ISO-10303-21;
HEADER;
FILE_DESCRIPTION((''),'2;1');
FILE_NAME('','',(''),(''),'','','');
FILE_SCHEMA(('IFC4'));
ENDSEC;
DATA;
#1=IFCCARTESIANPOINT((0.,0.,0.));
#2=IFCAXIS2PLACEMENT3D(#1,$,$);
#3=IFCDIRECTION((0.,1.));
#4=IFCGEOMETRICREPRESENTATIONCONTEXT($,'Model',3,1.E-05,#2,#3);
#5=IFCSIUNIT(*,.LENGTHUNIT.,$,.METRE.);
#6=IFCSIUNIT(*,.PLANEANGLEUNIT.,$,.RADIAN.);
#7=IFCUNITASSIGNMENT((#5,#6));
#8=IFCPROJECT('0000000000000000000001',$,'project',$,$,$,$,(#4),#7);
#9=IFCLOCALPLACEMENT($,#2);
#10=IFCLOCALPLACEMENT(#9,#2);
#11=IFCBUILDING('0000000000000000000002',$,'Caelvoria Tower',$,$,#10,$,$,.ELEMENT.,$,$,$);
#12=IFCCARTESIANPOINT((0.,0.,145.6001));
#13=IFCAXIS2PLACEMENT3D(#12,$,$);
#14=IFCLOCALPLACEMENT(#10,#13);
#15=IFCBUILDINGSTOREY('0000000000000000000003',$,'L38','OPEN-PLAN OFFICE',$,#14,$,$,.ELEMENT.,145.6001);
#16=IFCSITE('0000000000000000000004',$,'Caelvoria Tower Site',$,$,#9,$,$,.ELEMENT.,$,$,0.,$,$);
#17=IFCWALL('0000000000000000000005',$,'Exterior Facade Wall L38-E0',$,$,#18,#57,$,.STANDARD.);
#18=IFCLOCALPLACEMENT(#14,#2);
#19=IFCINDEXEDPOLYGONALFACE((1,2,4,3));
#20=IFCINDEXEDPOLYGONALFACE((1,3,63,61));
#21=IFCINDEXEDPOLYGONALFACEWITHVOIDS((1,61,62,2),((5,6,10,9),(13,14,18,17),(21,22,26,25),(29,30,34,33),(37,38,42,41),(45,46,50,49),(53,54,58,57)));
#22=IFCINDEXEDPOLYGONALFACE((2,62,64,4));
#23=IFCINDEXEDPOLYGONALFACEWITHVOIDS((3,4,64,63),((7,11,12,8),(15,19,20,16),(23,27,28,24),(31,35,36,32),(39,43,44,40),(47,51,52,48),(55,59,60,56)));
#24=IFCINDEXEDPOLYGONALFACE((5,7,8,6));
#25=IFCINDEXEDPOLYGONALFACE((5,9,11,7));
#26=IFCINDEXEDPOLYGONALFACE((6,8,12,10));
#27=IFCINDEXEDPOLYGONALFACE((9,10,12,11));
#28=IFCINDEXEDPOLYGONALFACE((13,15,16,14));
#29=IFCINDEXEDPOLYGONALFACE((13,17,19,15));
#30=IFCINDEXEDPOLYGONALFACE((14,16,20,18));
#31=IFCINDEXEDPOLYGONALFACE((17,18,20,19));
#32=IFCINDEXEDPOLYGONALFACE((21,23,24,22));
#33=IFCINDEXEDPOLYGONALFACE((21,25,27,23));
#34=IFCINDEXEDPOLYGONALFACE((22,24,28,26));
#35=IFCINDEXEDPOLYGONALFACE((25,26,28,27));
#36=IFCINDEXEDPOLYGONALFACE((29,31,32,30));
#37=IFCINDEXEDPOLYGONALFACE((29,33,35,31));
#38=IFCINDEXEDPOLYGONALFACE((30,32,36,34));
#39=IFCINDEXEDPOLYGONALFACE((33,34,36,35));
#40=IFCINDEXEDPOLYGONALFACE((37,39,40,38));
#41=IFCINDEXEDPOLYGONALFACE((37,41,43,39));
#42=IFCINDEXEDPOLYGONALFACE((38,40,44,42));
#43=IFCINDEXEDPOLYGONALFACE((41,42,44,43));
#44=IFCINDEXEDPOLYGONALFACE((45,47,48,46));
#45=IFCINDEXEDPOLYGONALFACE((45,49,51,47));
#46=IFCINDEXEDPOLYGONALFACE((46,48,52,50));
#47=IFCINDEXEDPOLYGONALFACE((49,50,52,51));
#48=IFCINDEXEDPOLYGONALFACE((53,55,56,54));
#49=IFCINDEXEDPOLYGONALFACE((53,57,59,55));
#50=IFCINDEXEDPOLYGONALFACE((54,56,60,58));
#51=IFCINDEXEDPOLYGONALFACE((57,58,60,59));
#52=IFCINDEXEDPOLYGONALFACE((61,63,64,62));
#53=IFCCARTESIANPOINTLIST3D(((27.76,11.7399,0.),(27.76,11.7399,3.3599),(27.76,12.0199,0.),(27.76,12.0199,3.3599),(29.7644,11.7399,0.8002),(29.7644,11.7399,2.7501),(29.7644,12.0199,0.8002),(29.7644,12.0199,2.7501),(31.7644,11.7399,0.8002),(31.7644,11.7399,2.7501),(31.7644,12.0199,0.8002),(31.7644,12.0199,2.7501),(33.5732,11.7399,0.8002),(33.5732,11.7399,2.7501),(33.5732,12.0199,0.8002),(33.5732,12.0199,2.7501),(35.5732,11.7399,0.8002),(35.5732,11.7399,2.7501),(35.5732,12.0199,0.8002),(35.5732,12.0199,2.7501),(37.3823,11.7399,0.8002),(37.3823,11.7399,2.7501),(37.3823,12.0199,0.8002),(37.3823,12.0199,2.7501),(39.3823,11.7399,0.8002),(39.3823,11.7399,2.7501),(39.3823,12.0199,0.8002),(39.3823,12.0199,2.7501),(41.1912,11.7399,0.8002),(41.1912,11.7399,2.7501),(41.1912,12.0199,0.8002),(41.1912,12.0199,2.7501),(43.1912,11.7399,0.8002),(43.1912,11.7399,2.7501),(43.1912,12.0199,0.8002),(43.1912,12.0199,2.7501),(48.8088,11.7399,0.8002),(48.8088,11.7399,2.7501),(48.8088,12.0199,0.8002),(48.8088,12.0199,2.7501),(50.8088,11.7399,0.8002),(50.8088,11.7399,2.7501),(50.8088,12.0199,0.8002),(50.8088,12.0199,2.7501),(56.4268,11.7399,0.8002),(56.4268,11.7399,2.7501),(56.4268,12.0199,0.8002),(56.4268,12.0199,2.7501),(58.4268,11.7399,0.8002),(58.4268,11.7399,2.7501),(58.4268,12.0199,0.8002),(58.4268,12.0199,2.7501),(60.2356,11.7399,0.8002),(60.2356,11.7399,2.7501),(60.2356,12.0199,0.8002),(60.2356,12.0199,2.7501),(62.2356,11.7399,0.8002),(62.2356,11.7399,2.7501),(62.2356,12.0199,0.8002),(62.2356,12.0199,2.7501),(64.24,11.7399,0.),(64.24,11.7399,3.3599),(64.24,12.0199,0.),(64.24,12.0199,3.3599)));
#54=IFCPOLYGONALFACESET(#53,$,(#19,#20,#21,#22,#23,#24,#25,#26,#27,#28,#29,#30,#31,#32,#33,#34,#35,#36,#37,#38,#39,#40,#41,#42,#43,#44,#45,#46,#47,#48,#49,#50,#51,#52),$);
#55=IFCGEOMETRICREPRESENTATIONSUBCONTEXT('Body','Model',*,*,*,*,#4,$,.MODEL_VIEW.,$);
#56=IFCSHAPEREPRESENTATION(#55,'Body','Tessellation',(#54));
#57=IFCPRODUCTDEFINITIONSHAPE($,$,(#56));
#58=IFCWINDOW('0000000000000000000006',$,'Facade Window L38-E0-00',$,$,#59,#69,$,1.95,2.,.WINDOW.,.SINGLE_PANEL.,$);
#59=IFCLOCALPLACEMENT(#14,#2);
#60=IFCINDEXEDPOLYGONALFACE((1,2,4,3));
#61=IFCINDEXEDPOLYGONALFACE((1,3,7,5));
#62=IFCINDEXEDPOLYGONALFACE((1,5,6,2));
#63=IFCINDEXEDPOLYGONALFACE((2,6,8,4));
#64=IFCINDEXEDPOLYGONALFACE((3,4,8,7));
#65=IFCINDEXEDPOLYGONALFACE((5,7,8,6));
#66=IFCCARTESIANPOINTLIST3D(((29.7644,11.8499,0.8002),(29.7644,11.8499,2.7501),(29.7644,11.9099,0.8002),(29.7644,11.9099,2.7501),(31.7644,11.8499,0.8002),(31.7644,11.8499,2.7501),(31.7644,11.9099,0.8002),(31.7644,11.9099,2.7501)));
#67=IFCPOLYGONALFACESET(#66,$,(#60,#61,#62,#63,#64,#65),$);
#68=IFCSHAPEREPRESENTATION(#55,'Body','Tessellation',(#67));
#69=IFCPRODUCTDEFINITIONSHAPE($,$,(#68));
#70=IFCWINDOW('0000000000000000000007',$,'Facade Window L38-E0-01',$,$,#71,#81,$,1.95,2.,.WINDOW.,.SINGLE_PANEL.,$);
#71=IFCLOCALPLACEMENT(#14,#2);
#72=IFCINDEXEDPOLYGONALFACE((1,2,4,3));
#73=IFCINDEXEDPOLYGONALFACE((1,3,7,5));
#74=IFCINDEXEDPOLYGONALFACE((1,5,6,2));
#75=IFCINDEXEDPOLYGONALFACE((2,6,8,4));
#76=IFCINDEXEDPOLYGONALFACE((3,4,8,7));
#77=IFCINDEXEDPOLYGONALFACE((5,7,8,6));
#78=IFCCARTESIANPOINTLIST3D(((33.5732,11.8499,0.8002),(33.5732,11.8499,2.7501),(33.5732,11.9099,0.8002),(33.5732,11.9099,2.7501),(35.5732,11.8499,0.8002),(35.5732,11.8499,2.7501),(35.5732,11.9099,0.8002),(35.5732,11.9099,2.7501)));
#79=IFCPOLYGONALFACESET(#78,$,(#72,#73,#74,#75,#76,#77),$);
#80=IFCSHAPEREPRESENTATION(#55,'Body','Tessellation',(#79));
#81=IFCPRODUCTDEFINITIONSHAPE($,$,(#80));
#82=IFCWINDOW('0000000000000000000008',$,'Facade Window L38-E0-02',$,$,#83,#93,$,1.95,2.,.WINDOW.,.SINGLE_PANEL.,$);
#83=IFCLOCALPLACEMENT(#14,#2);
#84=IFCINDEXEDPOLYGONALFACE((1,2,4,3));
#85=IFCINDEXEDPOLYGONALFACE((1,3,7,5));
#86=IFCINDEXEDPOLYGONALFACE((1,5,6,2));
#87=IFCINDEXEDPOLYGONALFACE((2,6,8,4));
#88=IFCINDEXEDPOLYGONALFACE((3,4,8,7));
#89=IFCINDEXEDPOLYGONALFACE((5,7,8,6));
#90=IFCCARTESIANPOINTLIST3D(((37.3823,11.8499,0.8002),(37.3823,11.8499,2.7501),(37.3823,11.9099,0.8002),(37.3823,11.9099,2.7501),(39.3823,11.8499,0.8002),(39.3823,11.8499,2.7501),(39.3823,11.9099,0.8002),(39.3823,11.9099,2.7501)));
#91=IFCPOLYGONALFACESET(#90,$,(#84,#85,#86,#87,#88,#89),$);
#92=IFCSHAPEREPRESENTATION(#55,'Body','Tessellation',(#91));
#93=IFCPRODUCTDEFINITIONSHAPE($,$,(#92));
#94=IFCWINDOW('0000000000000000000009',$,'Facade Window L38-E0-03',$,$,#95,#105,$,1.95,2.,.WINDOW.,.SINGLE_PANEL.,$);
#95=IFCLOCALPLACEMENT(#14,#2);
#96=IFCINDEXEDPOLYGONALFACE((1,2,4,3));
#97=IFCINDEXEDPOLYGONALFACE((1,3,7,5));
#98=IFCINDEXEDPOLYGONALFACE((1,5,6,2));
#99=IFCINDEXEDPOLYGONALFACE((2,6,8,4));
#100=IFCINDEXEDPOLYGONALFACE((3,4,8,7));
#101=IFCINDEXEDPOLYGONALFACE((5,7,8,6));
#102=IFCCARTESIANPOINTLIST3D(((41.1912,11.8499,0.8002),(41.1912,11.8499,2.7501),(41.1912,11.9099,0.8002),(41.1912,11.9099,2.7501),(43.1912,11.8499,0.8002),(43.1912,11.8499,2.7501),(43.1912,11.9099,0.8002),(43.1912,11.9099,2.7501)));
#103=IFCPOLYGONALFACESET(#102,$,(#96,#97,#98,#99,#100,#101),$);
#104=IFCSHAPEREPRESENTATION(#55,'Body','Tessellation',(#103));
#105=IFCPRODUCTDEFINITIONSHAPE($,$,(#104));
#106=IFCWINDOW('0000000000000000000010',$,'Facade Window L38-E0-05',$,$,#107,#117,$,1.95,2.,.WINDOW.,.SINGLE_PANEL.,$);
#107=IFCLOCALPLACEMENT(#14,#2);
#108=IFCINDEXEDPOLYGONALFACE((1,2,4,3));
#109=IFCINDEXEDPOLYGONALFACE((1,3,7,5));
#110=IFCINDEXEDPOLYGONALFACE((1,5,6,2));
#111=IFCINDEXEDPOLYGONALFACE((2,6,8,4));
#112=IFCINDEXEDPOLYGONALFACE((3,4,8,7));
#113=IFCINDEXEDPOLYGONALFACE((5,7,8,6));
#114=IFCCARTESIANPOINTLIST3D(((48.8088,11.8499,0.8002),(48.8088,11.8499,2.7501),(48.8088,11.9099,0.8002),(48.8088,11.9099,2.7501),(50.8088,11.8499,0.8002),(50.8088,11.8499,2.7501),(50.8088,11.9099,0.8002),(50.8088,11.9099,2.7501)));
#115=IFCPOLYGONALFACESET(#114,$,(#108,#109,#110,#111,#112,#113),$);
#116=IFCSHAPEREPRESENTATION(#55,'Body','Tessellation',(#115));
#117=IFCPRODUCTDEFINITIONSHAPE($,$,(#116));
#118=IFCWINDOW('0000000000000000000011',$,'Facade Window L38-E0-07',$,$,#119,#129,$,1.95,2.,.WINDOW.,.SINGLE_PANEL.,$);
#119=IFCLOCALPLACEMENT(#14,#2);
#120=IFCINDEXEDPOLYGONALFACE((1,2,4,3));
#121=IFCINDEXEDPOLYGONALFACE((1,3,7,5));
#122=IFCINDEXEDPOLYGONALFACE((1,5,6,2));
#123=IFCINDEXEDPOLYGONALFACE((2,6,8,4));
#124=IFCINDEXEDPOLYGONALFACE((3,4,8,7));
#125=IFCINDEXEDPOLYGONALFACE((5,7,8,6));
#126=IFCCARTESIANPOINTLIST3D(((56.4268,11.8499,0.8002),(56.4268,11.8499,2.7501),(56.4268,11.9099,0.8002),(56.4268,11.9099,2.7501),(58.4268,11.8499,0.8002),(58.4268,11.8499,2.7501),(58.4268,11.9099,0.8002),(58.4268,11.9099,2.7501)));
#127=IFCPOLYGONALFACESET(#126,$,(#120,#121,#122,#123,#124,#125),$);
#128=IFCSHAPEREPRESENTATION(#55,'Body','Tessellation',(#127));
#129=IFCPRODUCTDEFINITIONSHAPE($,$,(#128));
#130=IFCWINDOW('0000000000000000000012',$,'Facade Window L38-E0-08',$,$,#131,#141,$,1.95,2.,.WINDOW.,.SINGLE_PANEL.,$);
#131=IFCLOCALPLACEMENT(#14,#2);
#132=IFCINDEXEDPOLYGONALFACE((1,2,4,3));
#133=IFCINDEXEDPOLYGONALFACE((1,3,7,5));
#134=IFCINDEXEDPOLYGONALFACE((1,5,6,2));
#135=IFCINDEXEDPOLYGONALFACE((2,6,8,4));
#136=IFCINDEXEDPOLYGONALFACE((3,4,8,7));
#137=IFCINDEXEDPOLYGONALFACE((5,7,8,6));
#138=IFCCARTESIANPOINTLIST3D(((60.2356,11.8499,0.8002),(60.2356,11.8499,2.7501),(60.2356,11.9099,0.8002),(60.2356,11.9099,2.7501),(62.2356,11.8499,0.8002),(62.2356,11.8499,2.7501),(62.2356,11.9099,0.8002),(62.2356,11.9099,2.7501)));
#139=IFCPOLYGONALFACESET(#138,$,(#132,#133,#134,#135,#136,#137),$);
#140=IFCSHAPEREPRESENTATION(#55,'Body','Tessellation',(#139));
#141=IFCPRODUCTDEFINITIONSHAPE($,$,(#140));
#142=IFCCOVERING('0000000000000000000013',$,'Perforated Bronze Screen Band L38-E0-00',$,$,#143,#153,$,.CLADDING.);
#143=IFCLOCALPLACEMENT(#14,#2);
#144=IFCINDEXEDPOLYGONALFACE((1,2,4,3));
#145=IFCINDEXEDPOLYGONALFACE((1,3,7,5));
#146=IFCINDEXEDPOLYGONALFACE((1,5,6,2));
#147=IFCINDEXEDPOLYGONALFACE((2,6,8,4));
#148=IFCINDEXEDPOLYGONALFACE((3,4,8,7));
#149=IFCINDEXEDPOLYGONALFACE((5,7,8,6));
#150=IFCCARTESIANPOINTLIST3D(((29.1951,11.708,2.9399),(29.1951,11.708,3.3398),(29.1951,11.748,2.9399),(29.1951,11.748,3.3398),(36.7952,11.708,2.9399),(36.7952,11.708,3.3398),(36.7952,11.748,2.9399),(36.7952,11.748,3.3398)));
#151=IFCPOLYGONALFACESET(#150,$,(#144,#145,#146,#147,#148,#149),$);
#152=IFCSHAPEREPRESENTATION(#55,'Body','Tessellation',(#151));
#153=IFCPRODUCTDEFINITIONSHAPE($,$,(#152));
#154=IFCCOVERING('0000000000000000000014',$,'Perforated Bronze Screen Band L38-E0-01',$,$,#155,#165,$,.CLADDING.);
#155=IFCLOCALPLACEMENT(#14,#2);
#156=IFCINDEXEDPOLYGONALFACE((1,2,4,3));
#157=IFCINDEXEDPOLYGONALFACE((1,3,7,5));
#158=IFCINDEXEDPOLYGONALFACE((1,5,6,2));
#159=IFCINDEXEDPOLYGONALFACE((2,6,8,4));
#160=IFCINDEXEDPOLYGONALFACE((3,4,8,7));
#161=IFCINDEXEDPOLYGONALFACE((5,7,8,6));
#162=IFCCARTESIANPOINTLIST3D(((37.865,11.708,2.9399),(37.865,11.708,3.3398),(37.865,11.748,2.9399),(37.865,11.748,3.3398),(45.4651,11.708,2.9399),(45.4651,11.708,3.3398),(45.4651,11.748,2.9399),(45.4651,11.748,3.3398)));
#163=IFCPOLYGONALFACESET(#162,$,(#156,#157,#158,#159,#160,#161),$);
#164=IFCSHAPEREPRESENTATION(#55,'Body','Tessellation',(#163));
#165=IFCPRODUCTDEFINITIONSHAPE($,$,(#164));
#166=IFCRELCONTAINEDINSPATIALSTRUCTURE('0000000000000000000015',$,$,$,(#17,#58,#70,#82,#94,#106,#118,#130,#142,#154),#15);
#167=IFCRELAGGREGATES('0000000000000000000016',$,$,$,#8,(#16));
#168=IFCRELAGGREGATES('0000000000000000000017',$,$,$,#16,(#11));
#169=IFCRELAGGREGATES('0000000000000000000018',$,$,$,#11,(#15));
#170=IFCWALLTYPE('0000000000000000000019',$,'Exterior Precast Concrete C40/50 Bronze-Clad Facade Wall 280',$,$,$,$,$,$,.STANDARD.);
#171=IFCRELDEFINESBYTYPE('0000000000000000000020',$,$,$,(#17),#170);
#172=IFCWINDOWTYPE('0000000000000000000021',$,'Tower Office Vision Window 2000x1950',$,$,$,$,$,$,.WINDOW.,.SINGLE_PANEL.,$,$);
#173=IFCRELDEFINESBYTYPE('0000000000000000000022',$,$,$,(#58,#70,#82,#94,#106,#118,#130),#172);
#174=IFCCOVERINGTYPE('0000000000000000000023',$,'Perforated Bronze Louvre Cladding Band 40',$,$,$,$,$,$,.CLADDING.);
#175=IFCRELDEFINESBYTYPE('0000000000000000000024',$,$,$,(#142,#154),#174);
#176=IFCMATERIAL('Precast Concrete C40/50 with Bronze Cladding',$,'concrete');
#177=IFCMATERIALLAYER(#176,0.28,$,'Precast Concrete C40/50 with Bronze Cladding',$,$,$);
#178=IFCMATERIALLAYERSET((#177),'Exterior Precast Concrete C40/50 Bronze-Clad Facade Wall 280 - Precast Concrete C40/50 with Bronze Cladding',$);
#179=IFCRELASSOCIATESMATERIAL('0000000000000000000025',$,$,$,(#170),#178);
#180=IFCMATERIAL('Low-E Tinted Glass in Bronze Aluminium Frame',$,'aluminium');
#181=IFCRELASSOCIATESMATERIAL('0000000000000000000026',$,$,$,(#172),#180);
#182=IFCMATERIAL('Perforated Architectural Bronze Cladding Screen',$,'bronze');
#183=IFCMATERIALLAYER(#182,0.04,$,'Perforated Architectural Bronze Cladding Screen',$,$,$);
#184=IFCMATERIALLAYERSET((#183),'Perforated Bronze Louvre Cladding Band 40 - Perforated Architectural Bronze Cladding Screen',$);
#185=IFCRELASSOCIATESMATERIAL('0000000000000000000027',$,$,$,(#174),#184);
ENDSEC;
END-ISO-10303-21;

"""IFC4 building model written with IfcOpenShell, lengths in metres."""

from ifc_helpers import new_model, si_unit, direction, frame, frame_2d, origin, origin_2d, place, context, subcontext, project, spatial, rectangle, extrude, material, layer, layer_set, type_object, element, fill, save


model = new_model("IFC4")

# Units and contexts
model_context = context("Model", 3, precision=1e-05, world=origin(), true_north=direction((0.0, 1.0)))
body_context = subcontext(model_context, "Body", "Model", "MODEL_VIEW")
ifc_project = project(units=[si_unit("LENGTHUNIT", "METRE"), si_unit("PLANEANGLEUNIT", "RADIAN")], contexts=[model_context])

# Site, building, storey
site_placement = place(None, origin())
site = spatial("IfcSite", under=ifc_project, at=site_placement, Name="Caelvoria Tower Site", CompositionType="ELEMENT", RefElevation=0.0)
building_placement = place(site_placement, origin())
building = spatial("IfcBuilding", under=site, at=building_placement, Name="Caelvoria Tower", CompositionType="ELEMENT")
storey_placement = place(building_placement, frame((0.0, 0.0, 145.6001)))
storey = spatial("IfcBuildingStorey", under=building, at=storey_placement, Name="L38", Description="OPEN-PLAN OFFICE", CompositionType="ELEMENT", Elevation=145.6001)

# Wall, openings, windows
ifc_material_1 = material(Name="Precast Concrete C40/50 with Bronze Cladding", Category="concrete")
ifc_layer_1 = layer(ifc_material_1, 0.28, Name="Precast Concrete C40/50 with Bronze Cladding")
ifc_layer_set_1 = layer_set([ifc_layer_1], Name="Exterior Precast Concrete C40/50 Bronze-Clad Facade Wall 280 - Precast Concrete C40/50 with Bronze Cladding")
wall_type = type_object("IfcWallType", Name="Exterior Precast Concrete C40/50 Bronze-Clad Facade Wall 280", PredefinedType="STANDARD", material=ifc_layer_set_1)
wall_placement = place(storey_placement, frame((27.76, 11.8799, 0.0), z_axis=(0.0, 0.0, 1.0), x_axis=(1.0, 0.0, 0.0)))
wall = element("IfcWall", 1, at=wall_placement, inside=storey, type_object=wall_type, Name="Exterior Facade Wall L38-E0", PredefinedType="STANDARD", context=body_context, shape_type="SweptSolid", body=[
    extrude(rectangle(XDim=36.48, YDim=0.28, at=frame_2d((18.24, 0.0))), origin(), (0.0, 0.0, 1.0), 3.3599),
])
opening_1_placement = place(wall_placement, frame((2.0044, 0.0, 0.8)))
opening_1 = element("IfcOpeningElement", 2, at=opening_1_placement, cuts=wall, PredefinedType="OPENING", context=body_context, shape_type="SweptSolid", body=[
    extrude(rectangle(XDim=2.0, YDim=1.95, at=frame_2d((1.0, 0.9751))), frame((0.0, 0.1499, 0.0), z_axis=(0.0, -1.0, 0.0), x_axis=(1.0, 0.0, 0.0)), (0.0, 0.0, 1.0), 0.3),
])
opening_2_placement = place(wall_placement, frame((5.8132, 0.0, 0.8)))
opening_2 = element("IfcOpeningElement", 3, at=opening_2_placement, cuts=wall, PredefinedType="OPENING", context=body_context, shape_type="SweptSolid", body=[
    extrude(rectangle(XDim=2.0, YDim=1.95, at=frame_2d((1.0, 0.9751))), frame((0.0, 0.1499, 0.0), z_axis=(0.0, -1.0, 0.0), x_axis=(1.0, 0.0, 0.0)), (0.0, 0.0, 1.0), 0.3),
])
opening_3_placement = place(wall_placement, frame((9.6223, 0.0, 0.8)))
opening_3 = element("IfcOpeningElement", 4, at=opening_3_placement, cuts=wall, PredefinedType="OPENING", context=body_context, shape_type="SweptSolid", body=[
    extrude(rectangle(XDim=2.0, YDim=1.95, at=frame_2d((1.0, 0.9751))), frame((0.0, 0.1499, 0.0), z_axis=(0.0, -1.0, 0.0), x_axis=(1.0, 0.0, 0.0)), (0.0, 0.0, 1.0), 0.3),
])
opening_4_placement = place(wall_placement, frame((13.4312, 0.0, 0.8)))
opening_4 = element("IfcOpeningElement", 5, at=opening_4_placement, cuts=wall, PredefinedType="OPENING", context=body_context, shape_type="SweptSolid", body=[
    extrude(rectangle(XDim=2.0, YDim=1.95, at=frame_2d((1.0, 0.9751))), frame((0.0, 0.1499, 0.0), z_axis=(0.0, -1.0, 0.0), x_axis=(1.0, 0.0, 0.0)), (0.0, 0.0, 1.0), 0.3),
])
opening_5_placement = place(wall_placement, frame((21.0488, 0.0, 0.8)))
opening_5 = element("IfcOpeningElement", 6, at=opening_5_placement, cuts=wall, PredefinedType="OPENING", context=body_context, shape_type="SweptSolid", body=[
    extrude(rectangle(XDim=2.0, YDim=1.95, at=frame_2d((1.0, 0.9751))), frame((0.0, 0.1499, 0.0), z_axis=(0.0, -1.0, 0.0), x_axis=(1.0, 0.0, 0.0)), (0.0, 0.0, 1.0), 0.3),
])
opening_6_placement = place(wall_placement, frame((28.6667, 0.0, 0.8)))
opening_6 = element("IfcOpeningElement", 7, at=opening_6_placement, cuts=wall, PredefinedType="OPENING", context=body_context, shape_type="SweptSolid", body=[
    extrude(rectangle(XDim=2.0, YDim=1.95, at=frame_2d((1.0, 0.9751))), frame((0.0, 0.1499, 0.0), z_axis=(0.0, -1.0, 0.0), x_axis=(1.0, 0.0, 0.0)), (0.0, 0.0, 1.0), 0.3),
])
opening_7_placement = place(wall_placement, frame((32.4756, 0.0, 0.8)))
opening_7 = element("IfcOpeningElement", 8, at=opening_7_placement, cuts=wall, PredefinedType="OPENING", context=body_context, shape_type="SweptSolid", body=[
    extrude(rectangle(XDim=2.0, YDim=1.95, at=frame_2d((1.0, 0.9751))), frame((0.0, 0.1499, 0.0), z_axis=(0.0, -1.0, 0.0), x_axis=(1.0, 0.0, 0.0)), (0.0, 0.0, 1.0), 0.3),
])
ifc_material_2 = material(Name="Low-E Tinted Glass in Bronze Aluminium Frame", Category="aluminium")
window_type = type_object("IfcWindowType", Name="Tower Office Vision Window 2000x1950", PartitioningType="SINGLE_PANEL", PredefinedType="WINDOW", material=ifc_material_2)
window_1_placement = place(opening_1_placement, origin())
window_1 = element("IfcWindow", 9, at=window_1_placement, inside=storey, type_object=window_type, Name="Facade Window L38-E0-00", OverallHeight=1.95, OverallWidth=2.0, PartitioningType="SINGLE_PANEL", PredefinedType="WINDOW", context=body_context, shape_type="SweptSolid", body=[
    extrude(rectangle(XDim=2.0, YDim=1.95, at=frame_2d((1.0, 0.9751))), frame((0.0, 0.03, 0.0), z_axis=(0.0, -1.0, 0.0), x_axis=(1.0, 0.0, 0.0)), (0.0, 0.0, 1.0), 0.0601),
])
fill(opening_1, window_1)
window_2_placement = place(opening_2_placement, origin())
window_2 = element("IfcWindow", 10, at=window_2_placement, inside=storey, type_object=window_type, Name="Facade Window L38-E0-01", OverallHeight=1.95, OverallWidth=2.0, PartitioningType="SINGLE_PANEL", PredefinedType="WINDOW", context=body_context, shape_type="SweptSolid", body=[
    extrude(rectangle(XDim=2.0, YDim=1.95, at=frame_2d((1.0, 0.9751))), frame((0.0, 0.03, 0.0), z_axis=(0.0, -1.0, 0.0), x_axis=(1.0, 0.0, 0.0)), (0.0, 0.0, 1.0), 0.0601),
])
fill(opening_2, window_2)
window_3_placement = place(opening_3_placement, origin())
window_3 = element("IfcWindow", 11, at=window_3_placement, inside=storey, type_object=window_type, Name="Facade Window L38-E0-02", OverallHeight=1.95, OverallWidth=2.0, PartitioningType="SINGLE_PANEL", PredefinedType="WINDOW", context=body_context, shape_type="SweptSolid", body=[
    extrude(rectangle(XDim=2.0, YDim=1.95, at=frame_2d((1.0, 0.9751))), frame((0.0, 0.03, 0.0), z_axis=(0.0, -1.0, 0.0), x_axis=(1.0, 0.0, 0.0)), (0.0, 0.0, 1.0), 0.0601),
])
fill(opening_3, window_3)
window_4_placement = place(opening_4_placement, origin())
window_4 = element("IfcWindow", 12, at=window_4_placement, inside=storey, type_object=window_type, Name="Facade Window L38-E0-03", OverallHeight=1.95, OverallWidth=2.0, PartitioningType="SINGLE_PANEL", PredefinedType="WINDOW", context=body_context, shape_type="SweptSolid", body=[
    extrude(rectangle(XDim=2.0, YDim=1.95, at=frame_2d((1.0, 0.9751))), frame((0.0, 0.03, 0.0), z_axis=(0.0, -1.0, 0.0), x_axis=(1.0, 0.0, 0.0)), (0.0, 0.0, 1.0), 0.0601),
])
fill(opening_4, window_4)
window_5_placement = place(opening_5_placement, origin())
window_5 = element("IfcWindow", 13, at=window_5_placement, inside=storey, type_object=window_type, Name="Facade Window L38-E0-05", OverallHeight=1.95, OverallWidth=2.0, PartitioningType="SINGLE_PANEL", PredefinedType="WINDOW", context=body_context, shape_type="SweptSolid", body=[
    extrude(rectangle(XDim=2.0, YDim=1.95, at=frame_2d((1.0, 0.9751))), frame((0.0, 0.03, 0.0), z_axis=(0.0, -1.0, 0.0), x_axis=(1.0, 0.0, 0.0)), (0.0, 0.0, 1.0), 0.0601),
])
fill(opening_5, window_5)
window_6_placement = place(opening_6_placement, origin())
window_6 = element("IfcWindow", 14, at=window_6_placement, inside=storey, type_object=window_type, Name="Facade Window L38-E0-07", OverallHeight=1.95, OverallWidth=2.0, PartitioningType="SINGLE_PANEL", PredefinedType="WINDOW", context=body_context, shape_type="SweptSolid", body=[
    extrude(rectangle(XDim=2.0, YDim=1.95, at=frame_2d((1.0, 0.9751))), frame((0.0, 0.03, 0.0), z_axis=(0.0, -1.0, 0.0), x_axis=(1.0, 0.0, 0.0)), (0.0, 0.0, 1.0), 0.0601),
])
fill(opening_6, window_6)
window_7_placement = place(opening_7_placement, origin())
window_7 = element("IfcWindow", 15, at=window_7_placement, inside=storey, type_object=window_type, Name="Facade Window L38-E0-08", OverallHeight=1.95, OverallWidth=2.0, PartitioningType="SINGLE_PANEL", PredefinedType="WINDOW", context=body_context, shape_type="SweptSolid", body=[
    extrude(rectangle(XDim=2.0, YDim=1.95, at=frame_2d((1.0, 0.9751))), frame((0.0, 0.03, 0.0), z_axis=(0.0, -1.0, 0.0), x_axis=(1.0, 0.0, 0.0)), (0.0, 0.0, 1.0), 0.0601),
])
fill(opening_7, window_7)

# Coverings
ifc_material_3 = material(Name="Perforated Architectural Bronze Cladding Screen", Category="bronze")
ifc_layer_2 = layer(ifc_material_3, 0.04, Name="Perforated Architectural Bronze Cladding Screen")
ifc_layer_set_2 = layer_set([ifc_layer_2], Name="Perforated Bronze Louvre Cladding Band 40 - Perforated Architectural Bronze Cladding Screen")
covering_type = type_object("IfcCoveringType", Name="Perforated Bronze Louvre Cladding Band 40", PredefinedType="CLADDING", material=ifc_layer_set_2)
for number, where, z_axis, x_axis, name in (
    (16, (32.9951, 11.728, 2.9399), (0.0, 0.0, 1.0), (1.0, 0.0, 0.0), "Perforated Bronze Screen Band L38-E0-00"),
    (17, (41.665, 11.728, 2.9399), (0.0, 0.0, 1.0), (1.0, 0.0, 0.0), "Perforated Bronze Screen Band L38-E0-01"),
):
    element("IfcCovering", number, at=place(storey_placement, frame(where, z_axis=z_axis, x_axis=x_axis)), inside=storey, type_object=covering_type, Name=name, PredefinedType="CLADDING", context=body_context, shape_type="SweptSolid", body=[
        extrude(rectangle(XDim=7.6001, YDim=0.04, at=origin_2d()), origin(), (0.0, 0.0, 1.0), 0.3999),
    ])

save(model, "model.ifc")
